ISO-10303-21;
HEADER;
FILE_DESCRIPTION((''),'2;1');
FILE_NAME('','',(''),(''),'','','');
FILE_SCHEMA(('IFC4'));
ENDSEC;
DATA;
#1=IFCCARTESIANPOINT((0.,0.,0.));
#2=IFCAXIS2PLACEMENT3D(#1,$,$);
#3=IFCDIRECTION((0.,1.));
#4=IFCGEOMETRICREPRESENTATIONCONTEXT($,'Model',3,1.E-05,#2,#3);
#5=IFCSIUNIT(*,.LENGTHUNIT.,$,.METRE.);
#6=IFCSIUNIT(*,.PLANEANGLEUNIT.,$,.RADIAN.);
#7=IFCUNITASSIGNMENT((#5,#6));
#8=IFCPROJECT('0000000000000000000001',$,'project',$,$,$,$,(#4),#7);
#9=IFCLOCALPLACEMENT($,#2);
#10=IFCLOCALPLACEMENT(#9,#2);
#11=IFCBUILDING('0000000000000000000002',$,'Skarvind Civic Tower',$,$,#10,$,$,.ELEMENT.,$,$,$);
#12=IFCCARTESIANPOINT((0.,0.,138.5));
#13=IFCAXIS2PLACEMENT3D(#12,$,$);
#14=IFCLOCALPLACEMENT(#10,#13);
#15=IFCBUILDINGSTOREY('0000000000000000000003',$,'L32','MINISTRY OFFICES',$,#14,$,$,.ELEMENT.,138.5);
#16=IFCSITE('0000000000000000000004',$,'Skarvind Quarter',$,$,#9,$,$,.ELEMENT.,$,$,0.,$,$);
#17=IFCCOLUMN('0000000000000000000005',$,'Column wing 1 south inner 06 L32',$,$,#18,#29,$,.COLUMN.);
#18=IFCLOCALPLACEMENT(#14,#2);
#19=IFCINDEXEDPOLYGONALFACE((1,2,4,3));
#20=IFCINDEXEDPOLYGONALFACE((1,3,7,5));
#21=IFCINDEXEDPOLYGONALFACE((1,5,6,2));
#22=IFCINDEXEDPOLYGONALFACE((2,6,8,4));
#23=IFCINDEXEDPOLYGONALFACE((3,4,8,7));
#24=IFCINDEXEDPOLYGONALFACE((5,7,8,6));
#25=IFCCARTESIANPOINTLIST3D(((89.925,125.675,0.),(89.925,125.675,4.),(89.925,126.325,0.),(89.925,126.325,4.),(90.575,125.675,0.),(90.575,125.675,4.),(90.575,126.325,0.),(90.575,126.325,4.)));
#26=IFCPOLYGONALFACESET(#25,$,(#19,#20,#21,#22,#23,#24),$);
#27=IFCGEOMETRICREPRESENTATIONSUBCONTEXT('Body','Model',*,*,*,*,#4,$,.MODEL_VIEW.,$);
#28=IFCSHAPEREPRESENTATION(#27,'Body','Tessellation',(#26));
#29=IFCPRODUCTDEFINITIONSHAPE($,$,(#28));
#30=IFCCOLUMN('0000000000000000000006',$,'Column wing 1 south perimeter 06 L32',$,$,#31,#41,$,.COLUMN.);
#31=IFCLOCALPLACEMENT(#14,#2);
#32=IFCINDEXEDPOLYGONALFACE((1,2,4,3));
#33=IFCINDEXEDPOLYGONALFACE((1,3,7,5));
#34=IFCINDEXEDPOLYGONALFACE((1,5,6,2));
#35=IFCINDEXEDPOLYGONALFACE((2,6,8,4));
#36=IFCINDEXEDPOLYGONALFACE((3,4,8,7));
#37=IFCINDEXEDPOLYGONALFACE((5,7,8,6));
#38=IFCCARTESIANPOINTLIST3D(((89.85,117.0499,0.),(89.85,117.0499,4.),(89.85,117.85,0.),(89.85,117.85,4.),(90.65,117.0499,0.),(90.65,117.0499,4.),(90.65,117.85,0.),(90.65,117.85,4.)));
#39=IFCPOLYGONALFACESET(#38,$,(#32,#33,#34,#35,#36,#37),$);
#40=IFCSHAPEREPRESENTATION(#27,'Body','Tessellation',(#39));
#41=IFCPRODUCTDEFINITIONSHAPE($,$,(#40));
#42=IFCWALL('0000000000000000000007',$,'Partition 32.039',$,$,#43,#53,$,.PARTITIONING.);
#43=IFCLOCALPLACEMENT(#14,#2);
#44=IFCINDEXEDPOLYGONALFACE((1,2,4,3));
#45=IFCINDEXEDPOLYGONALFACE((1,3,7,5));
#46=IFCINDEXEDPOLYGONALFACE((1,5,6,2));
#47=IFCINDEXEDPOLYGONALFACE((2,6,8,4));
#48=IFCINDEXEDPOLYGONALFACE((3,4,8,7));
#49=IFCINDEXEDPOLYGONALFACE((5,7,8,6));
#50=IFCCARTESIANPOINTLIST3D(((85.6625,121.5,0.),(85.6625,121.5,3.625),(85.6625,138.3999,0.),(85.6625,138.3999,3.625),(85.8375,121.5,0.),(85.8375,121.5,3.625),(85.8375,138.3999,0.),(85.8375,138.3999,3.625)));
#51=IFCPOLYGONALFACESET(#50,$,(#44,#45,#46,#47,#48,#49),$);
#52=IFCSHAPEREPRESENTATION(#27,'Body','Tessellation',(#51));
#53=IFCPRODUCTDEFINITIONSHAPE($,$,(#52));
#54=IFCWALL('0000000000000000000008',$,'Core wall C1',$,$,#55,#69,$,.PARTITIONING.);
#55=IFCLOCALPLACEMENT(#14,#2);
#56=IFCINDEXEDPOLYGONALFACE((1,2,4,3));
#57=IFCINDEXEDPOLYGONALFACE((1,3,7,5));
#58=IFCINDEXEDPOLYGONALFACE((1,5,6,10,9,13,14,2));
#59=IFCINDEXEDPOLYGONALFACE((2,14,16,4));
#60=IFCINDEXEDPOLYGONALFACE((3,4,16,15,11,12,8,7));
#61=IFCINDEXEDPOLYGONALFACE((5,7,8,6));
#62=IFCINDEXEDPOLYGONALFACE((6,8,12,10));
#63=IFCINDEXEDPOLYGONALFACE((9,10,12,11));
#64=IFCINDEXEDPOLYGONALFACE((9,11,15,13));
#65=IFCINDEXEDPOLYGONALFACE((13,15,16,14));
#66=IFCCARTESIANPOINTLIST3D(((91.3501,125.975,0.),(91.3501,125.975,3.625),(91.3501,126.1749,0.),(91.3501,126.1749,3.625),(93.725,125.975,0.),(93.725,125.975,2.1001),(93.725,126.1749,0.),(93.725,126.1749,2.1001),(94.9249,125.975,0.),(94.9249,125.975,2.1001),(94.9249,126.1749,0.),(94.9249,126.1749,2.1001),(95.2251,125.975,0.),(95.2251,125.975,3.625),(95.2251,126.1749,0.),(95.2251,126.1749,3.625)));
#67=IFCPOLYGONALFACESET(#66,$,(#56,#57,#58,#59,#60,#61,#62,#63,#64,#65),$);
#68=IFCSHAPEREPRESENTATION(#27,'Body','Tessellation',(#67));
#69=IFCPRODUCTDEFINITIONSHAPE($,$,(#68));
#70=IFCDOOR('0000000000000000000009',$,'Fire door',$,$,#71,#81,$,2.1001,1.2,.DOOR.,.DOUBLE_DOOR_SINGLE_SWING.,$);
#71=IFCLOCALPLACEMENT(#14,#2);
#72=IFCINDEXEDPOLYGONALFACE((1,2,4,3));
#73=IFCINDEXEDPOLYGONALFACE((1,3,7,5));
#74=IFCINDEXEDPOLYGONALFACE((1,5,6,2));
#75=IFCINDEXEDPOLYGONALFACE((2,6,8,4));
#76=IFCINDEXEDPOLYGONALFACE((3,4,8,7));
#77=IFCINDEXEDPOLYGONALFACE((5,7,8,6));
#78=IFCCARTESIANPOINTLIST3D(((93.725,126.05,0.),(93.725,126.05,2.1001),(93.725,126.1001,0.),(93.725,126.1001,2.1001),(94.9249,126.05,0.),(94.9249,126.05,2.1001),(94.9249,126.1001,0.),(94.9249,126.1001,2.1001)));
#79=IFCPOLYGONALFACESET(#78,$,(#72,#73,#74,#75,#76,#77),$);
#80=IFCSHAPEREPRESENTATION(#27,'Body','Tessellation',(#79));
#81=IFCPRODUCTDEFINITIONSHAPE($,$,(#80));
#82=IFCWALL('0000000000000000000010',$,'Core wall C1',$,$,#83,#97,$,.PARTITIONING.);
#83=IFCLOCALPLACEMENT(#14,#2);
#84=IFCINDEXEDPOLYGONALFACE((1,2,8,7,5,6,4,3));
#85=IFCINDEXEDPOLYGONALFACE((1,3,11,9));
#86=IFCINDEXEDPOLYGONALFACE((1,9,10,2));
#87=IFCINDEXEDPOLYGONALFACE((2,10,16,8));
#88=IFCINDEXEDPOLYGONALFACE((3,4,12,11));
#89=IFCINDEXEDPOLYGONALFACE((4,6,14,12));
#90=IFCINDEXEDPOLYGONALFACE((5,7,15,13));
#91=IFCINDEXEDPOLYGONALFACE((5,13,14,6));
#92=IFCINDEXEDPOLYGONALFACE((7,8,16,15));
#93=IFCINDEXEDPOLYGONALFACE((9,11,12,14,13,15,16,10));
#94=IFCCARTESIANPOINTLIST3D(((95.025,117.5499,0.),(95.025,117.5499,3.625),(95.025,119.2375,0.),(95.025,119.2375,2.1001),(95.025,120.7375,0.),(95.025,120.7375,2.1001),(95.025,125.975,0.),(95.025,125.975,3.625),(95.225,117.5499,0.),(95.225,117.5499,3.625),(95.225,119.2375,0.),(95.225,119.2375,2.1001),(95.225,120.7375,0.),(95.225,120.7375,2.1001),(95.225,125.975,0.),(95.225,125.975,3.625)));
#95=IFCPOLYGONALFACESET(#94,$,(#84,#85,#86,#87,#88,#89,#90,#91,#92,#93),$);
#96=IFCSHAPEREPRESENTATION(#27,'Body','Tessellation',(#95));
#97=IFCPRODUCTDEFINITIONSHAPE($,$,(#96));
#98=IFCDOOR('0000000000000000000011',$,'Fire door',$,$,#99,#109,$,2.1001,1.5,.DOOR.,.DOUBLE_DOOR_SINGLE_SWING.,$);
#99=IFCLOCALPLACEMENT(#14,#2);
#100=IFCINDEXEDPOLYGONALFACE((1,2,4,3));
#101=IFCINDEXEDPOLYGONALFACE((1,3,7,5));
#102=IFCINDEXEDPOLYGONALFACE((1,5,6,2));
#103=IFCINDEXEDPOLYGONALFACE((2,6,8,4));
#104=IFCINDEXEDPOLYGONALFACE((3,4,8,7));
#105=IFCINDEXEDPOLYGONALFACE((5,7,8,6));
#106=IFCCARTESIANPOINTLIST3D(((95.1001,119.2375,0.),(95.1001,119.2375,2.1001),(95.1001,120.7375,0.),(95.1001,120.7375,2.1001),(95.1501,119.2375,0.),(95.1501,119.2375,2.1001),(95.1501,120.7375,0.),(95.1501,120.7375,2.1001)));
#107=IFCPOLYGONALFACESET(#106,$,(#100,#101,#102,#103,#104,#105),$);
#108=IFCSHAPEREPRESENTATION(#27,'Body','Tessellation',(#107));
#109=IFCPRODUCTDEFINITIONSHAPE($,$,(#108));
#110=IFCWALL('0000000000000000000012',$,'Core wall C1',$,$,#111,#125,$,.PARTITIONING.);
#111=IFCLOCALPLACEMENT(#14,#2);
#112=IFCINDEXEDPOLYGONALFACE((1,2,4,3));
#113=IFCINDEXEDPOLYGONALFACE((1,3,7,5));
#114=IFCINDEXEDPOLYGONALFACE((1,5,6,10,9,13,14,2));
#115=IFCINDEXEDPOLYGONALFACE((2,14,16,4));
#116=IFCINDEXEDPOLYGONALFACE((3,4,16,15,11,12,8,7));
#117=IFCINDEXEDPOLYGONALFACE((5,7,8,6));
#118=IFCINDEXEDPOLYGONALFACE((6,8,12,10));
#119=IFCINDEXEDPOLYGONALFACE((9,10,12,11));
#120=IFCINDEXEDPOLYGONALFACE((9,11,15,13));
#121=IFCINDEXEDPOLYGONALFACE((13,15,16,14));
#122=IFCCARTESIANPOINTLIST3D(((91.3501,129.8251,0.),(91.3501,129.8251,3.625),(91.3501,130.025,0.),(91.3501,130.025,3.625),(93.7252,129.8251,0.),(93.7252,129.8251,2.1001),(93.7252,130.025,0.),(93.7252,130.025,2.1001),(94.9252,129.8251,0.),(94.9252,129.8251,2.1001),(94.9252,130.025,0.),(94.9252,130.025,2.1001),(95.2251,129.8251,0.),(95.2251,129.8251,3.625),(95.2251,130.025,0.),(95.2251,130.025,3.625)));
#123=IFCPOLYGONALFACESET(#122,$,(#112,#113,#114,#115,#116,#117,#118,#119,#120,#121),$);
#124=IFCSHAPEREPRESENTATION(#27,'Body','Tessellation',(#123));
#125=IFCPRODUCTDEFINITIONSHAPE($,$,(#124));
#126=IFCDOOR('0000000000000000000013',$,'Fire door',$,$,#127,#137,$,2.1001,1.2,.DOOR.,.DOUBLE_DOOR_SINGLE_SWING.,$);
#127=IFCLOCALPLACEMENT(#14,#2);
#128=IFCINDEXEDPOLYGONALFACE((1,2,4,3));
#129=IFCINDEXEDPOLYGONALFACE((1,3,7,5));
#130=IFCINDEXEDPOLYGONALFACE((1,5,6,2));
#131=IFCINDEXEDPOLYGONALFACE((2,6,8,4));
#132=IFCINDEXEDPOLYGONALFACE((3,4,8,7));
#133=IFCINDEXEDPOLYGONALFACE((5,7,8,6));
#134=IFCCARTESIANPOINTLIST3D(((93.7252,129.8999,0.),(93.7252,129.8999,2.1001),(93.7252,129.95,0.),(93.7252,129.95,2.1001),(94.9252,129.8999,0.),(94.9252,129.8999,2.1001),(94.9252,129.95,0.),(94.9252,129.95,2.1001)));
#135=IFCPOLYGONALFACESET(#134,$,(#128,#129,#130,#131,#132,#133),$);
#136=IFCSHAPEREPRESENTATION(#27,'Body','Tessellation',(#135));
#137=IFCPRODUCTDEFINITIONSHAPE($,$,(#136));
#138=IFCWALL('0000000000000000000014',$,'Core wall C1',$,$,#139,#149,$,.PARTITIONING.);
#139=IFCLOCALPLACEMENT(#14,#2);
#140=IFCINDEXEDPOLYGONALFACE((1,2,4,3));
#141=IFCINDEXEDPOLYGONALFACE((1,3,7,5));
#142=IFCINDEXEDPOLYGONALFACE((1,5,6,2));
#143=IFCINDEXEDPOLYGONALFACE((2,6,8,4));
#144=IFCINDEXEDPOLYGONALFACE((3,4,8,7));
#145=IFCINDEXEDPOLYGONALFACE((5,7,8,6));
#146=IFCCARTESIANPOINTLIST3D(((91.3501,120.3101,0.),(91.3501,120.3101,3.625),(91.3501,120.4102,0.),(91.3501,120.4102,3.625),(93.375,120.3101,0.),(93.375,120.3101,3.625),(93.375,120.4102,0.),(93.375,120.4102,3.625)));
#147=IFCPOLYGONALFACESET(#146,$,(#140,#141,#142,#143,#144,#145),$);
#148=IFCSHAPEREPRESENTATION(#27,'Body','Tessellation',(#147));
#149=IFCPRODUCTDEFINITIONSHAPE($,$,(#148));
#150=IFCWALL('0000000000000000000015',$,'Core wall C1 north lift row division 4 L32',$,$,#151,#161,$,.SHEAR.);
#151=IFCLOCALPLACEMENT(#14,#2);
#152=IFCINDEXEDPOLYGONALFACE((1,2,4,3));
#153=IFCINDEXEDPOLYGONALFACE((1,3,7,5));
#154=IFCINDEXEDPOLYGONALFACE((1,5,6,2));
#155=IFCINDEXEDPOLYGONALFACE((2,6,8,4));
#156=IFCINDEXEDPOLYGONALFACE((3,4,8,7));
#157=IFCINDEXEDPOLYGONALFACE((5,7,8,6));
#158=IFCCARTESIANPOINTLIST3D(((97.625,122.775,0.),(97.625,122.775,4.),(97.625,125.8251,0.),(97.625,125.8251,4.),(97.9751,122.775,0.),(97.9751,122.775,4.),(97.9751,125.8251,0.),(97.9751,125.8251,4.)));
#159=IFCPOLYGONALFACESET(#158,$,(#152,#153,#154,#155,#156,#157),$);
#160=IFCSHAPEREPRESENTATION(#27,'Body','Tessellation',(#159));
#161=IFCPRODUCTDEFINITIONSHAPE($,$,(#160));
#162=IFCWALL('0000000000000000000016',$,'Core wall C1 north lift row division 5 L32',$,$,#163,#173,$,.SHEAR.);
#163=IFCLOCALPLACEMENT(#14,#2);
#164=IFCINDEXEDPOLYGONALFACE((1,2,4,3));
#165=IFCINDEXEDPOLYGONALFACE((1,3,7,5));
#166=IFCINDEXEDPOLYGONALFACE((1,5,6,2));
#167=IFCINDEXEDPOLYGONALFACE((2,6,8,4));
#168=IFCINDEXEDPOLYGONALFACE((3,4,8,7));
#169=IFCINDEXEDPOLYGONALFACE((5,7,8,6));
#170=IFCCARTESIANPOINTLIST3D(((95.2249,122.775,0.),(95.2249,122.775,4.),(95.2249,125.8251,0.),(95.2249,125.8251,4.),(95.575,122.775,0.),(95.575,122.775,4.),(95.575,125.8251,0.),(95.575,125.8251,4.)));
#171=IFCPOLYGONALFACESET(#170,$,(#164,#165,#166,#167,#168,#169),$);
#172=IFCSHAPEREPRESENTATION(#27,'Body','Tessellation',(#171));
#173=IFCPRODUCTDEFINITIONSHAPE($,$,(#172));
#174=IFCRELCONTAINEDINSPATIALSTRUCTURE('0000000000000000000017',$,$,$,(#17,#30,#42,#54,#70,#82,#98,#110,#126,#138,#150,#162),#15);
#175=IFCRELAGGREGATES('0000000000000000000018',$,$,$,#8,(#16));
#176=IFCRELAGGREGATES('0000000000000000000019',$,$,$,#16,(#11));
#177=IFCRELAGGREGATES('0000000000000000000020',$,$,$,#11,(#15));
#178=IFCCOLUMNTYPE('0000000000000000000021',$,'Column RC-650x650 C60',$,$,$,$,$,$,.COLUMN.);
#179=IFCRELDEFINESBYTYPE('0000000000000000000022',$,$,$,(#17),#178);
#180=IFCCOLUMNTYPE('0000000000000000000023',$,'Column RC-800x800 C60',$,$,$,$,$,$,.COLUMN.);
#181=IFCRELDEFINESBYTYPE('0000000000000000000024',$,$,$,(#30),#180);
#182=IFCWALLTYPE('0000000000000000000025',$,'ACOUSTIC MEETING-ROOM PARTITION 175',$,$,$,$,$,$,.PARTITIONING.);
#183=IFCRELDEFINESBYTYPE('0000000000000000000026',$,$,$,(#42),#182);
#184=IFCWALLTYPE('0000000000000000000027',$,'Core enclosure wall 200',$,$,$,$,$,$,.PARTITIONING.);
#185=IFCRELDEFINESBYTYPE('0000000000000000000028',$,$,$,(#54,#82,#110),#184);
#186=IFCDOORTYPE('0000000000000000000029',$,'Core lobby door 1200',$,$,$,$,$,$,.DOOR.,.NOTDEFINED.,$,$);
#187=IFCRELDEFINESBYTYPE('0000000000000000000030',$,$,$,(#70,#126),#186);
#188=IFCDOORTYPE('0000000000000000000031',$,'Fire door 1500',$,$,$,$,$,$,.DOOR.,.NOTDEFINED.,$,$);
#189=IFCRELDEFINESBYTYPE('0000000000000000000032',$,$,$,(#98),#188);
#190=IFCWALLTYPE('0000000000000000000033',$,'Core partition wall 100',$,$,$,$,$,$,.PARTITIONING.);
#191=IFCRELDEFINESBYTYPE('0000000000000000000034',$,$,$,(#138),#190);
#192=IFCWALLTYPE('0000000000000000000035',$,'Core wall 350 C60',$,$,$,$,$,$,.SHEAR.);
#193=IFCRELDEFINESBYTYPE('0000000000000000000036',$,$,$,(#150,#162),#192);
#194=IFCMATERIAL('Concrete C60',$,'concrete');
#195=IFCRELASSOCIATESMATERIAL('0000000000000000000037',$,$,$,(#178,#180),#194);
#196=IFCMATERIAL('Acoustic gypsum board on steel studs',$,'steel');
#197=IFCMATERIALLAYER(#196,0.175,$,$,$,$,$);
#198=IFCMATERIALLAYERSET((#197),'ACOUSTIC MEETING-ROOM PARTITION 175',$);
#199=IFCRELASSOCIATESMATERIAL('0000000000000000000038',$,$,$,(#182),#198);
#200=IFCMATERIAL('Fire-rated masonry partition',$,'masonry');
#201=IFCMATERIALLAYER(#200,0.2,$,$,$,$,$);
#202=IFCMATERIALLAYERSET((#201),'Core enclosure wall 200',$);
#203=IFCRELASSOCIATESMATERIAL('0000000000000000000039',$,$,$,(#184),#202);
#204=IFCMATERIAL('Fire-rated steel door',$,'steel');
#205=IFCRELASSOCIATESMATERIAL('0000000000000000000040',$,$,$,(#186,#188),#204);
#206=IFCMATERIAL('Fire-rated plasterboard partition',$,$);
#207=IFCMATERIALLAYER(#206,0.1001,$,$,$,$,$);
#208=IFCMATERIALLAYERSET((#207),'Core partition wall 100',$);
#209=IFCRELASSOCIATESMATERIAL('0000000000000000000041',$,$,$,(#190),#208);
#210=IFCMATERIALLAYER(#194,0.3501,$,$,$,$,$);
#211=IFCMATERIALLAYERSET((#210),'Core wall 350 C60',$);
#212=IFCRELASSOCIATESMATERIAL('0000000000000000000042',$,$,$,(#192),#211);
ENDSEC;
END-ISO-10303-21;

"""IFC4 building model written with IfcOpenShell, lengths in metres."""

from ifc_helpers import new_model, si_unit, direction, frame, frame_2d, origin, origin_2d, place, context, subcontext, project, spatial, rectangle, extrude, material, layer, layer_set, material_profile, profile_set, type_object, element, fill, save


model = new_model("IFC4")

# Units and contexts
model_context = context("Model", 3, precision=1e-05, world=origin(), true_north=direction((0.0, 1.0)))
body_context = subcontext(model_context, "Body", "Model", "MODEL_VIEW")
ifc_project = project(units=[si_unit("LENGTHUNIT", "METRE"), si_unit("PLANEANGLEUNIT", "RADIAN")], contexts=[model_context])

# Site, building, storey
site_placement = place(None, origin())
site = spatial("IfcSite", under=ifc_project, at=site_placement, Name="Skarvind Quarter", CompositionType="ELEMENT", RefElevation=0.0)
building_placement = place(site_placement, origin())
building = spatial("IfcBuilding", under=site, at=building_placement, Name="Skarvind Civic Tower", CompositionType="ELEMENT")
storey_placement = place(building_placement, frame((0.0, 0.0, 138.5)))
storey = spatial("IfcBuildingStorey", under=building, at=storey_placement, Name="L32", Description="MINISTRY OFFICES", CompositionType="ELEMENT", Elevation=138.5)

# Columns
ifc_material_1 = material(Name="Concrete C60", Category="concrete")
ifc_material_profile_1 = material_profile(ifc_material_1, rectangle(XDim=0.6499, YDim=0.6499, at=origin_2d()), Name="RC-650x650")
ifc_profile_set_1 = profile_set([ifc_material_profile_1], Name="Concrete C60")
column_type_1 = type_object("IfcColumnType", Name="Column RC-650x650 C60", PredefinedType="COLUMN", material=ifc_profile_set_1)
column_1_placement = place(storey_placement, frame((90.25, 126.0, 0.0), z_axis=(0.0, 0.0, 1.0), x_axis=(1.0, 0.0, 0.0)))
element("IfcColumn", 1, at=column_1_placement, inside=storey, type_object=column_type_1, Name="Column wing 1 south inner 06 L32", PredefinedType="COLUMN", context=body_context, shape_type="SweptSolid", body=[
    extrude(rectangle(XDim=0.6499, YDim=0.6499, at=origin_2d()), origin(), (0.0, 0.0, 1.0), 4.0),
])
ifc_material_profile_2 = material_profile(ifc_material_1, rectangle(XDim=0.8, YDim=0.8, at=origin_2d()), Name="RC-800x800")
ifc_profile_set_2 = profile_set([ifc_material_profile_2], Name="Concrete C60")
column_type_2 = type_object("IfcColumnType", Name="Column RC-800x800 C60", PredefinedType="COLUMN", material=ifc_profile_set_2)
column_2_placement = place(storey_placement, frame((90.25, 117.45, 0.0), z_axis=(0.0, 0.0, 1.0), x_axis=(1.0, 0.0, 0.0)))
element("IfcColumn", 2, at=column_2_placement, inside=storey, type_object=column_type_2, Name="Column wing 1 south perimeter 06 L32", PredefinedType="COLUMN", context=body_context, shape_type="SweptSolid", body=[
    extrude(rectangle(XDim=0.8, YDim=0.8, at=origin_2d()), origin(), (0.0, 0.0, 1.0), 4.0),
])

# Wall
ifc_material_2 = material(Name="Acoustic gypsum board on steel studs", Category="steel")
ifc_layer_1 = layer(ifc_material_2, 0.175)
ifc_layer_set_1 = layer_set([ifc_layer_1], Name="ACOUSTIC MEETING-ROOM PARTITION 175")
wall_type_1 = type_object("IfcWallType", Name="ACOUSTIC MEETING-ROOM PARTITION 175", PredefinedType="PARTITIONING", material=ifc_layer_set_1)
wall_1_placement = place(storey_placement, frame((85.75, 121.5, 0.0), z_axis=(0.0, 0.0, 1.0), x_axis=(0.0, 1.0, 0.0)))
element("IfcWall", 3, at=wall_1_placement, inside=storey, type_object=wall_type_1, Name="Partition 32.039", PredefinedType="PARTITIONING", context=body_context, shape_type="SweptSolid", body=[
    extrude(rectangle(XDim=16.8999, YDim=0.175, at=frame_2d((8.45, 0.0))), origin(), (0.0, 0.0, 1.0), 3.625),
])

# Walls, openings, doors
ifc_material_3 = material(Name="Fire-rated masonry partition", Category="masonry")
ifc_layer_2 = layer(ifc_material_3, 0.2)
ifc_layer_set_2 = layer_set([ifc_layer_2], Name="Core enclosure wall 200")
wall_type_2 = type_object("IfcWallType", Name="Core enclosure wall 200", PredefinedType="PARTITIONING", material=ifc_layer_set_2)
wall_2_placement = place(storey_placement, frame((95.2251, 126.075, 0.0), z_axis=(0.0, 0.0, 1.0), x_axis=(-1.0, 0.0, 0.0)))
wall_2 = element("IfcWall", 4, at=wall_2_placement, inside=storey, type_object=wall_type_2, Name="Core wall C1", PredefinedType="PARTITIONING", context=body_context, shape_type="SweptSolid", body=[
    extrude(rectangle(XDim=3.875, YDim=0.2, at=frame_2d((1.9375, 0.0))), origin(), (0.0, 0.0, 1.0), 3.625),
])
opening_1_placement = place(wall_2_placement, frame((0.3, 0.0, 0.0)))
opening_1 = element("IfcOpeningElement", 5, at=opening_1_placement, cuts=wall_2, PredefinedType="OPENING", context=body_context, shape_type="SweptSolid", body=[
    extrude(rectangle(XDim=1.2, YDim=2.1001, at=frame_2d((0.6001, 1.05))), frame((0.0, 0.1099, 0.0), z_axis=(0.0, -1.0, 0.0), x_axis=(1.0, 0.0, 0.0)), (0.0, 0.0, 1.0), 0.22),
])
ifc_material_4 = material(Name="Fire-rated steel door", Category="steel")
door_type_1 = type_object("IfcDoorType", Name="Core lobby door 1200", OperationType="NOTDEFINED", PredefinedType="DOOR", material=ifc_material_4)
door_1_placement = place(opening_1_placement, origin())
door_1 = element("IfcDoor", 6, at=door_1_placement, inside=storey, type_object=door_type_1, Name="Fire door", OperationType="DOUBLE_DOOR_SINGLE_SWING", OverallHeight=2.1001, OverallWidth=1.2, PredefinedType="DOOR", context=body_context, shape_type="SweptSolid", body=[
    extrude(rectangle(XDim=1.2, YDim=2.1001, at=frame_2d((0.6001, 1.05))), frame((0.0, 0.0249, 0.0), z_axis=(0.0, -1.0, 0.0), x_axis=(1.0, 0.0, 0.0)), (0.0, 0.0, 1.0), 0.05),
])
fill(opening_1, door_1)
wall_3_placement = place(storey_placement, frame((95.125, 117.55, 0.0), z_axis=(0.0, 0.0, 1.0), x_axis=(0.0, 1.0, 0.0)))
wall_3 = element("IfcWall", 7, at=wall_3_placement, inside=storey, type_object=wall_type_2, Name="Core wall C1", PredefinedType="PARTITIONING", context=body_context, shape_type="SweptSolid", body=[
    extrude(rectangle(XDim=8.425, YDim=0.2, at=frame_2d((4.2124, 0.0))), origin(), (0.0, 0.0, 1.0), 3.625),
])
opening_2_placement = place(wall_3_placement, frame((1.6875, 0.0, 0.0)))
opening_2 = element("IfcOpeningElement", 8, at=opening_2_placement, cuts=wall_3, PredefinedType="OPENING", context=body_context, shape_type="SweptSolid", body=[
    extrude(rectangle(XDim=1.5, YDim=2.1001, at=frame_2d((0.75, 1.05))), frame((0.0, 0.1099, 0.0), z_axis=(0.0, -1.0, 0.0), x_axis=(1.0, 0.0, 0.0)), (0.0, 0.0, 1.0), 0.22),
])
door_type_2 = type_object("IfcDoorType", Name="Fire door 1500", OperationType="NOTDEFINED", PredefinedType="DOOR", material=ifc_material_4)
door_2_placement = place(opening_2_placement, origin())
door_2 = element("IfcDoor", 9, at=door_2_placement, inside=storey, type_object=door_type_2, Name="Fire door", OperationType="DOUBLE_DOOR_SINGLE_SWING", OverallHeight=2.1001, OverallWidth=1.5, PredefinedType="DOOR", context=body_context, shape_type="SweptSolid", body=[
    extrude(rectangle(XDim=1.5, YDim=2.1001, at=frame_2d((0.75, 1.05))), frame((0.0, 0.0249, 0.0), z_axis=(0.0, -1.0, 0.0), x_axis=(1.0, 0.0, 0.0)), (0.0, 0.0, 1.0), 0.05),
])
fill(opening_2, door_2)
wall_4_placement = place(storey_placement, frame((91.3501, 129.925, 0.0), z_axis=(0.0, 0.0, 1.0), x_axis=(1.0, 0.0, 0.0)))
wall_4 = element("IfcWall", 10, at=wall_4_placement, inside=storey, type_object=wall_type_2, Name="Core wall C1", PredefinedType="PARTITIONING", context=body_context, shape_type="SweptSolid", body=[
    extrude(rectangle(XDim=3.875, YDim=0.2, at=frame_2d((1.9375, 0.0))), origin(), (0.0, 0.0, 1.0), 3.625),
])
opening_3_placement = place(wall_4_placement, frame((2.375, 0.0, 0.0)))
opening_3 = element("IfcOpeningElement", 11, at=opening_3_placement, cuts=wall_4, PredefinedType="OPENING", context=body_context, shape_type="SweptSolid", body=[
    extrude(rectangle(XDim=1.2, YDim=2.1001, at=frame_2d((0.6001, 1.05))), frame((0.0, 0.1099, 0.0), z_axis=(0.0, -1.0, 0.0), x_axis=(1.0, 0.0, 0.0)), (0.0, 0.0, 1.0), 0.22),
])
door_3_placement = place(opening_3_placement, origin())
door_3 = element("IfcDoor", 12, at=door_3_placement, inside=storey, type_object=door_type_1, Name="Fire door", OperationType="DOUBLE_DOOR_SINGLE_SWING", OverallHeight=2.1001, OverallWidth=1.2, PredefinedType="DOOR", context=body_context, shape_type="SweptSolid", body=[
    extrude(rectangle(XDim=1.2, YDim=2.1001, at=frame_2d((0.6001, 1.05))), frame((0.0, 0.0249, 0.0), z_axis=(0.0, -1.0, 0.0), x_axis=(1.0, 0.0, 0.0)), (0.0, 0.0, 1.0), 0.05),
])
fill(opening_3, door_3)

# Walls
ifc_material_5 = material(Name="Fire-rated plasterboard partition")
ifc_layer_3 = layer(ifc_material_5, 0.1001)
ifc_layer_set_3 = layer_set([ifc_layer_3], Name="Core partition wall 100")
wall_type_3 = type_object("IfcWallType", Name="Core partition wall 100", PredefinedType="PARTITIONING", material=ifc_layer_set_3)
wall_5_placement = place(storey_placement, frame((93.375, 120.3601, 0.0), z_axis=(0.0, 0.0, 1.0), x_axis=(-1.0, 0.0, 0.0)))
element("IfcWall", 13, at=wall_5_placement, inside=storey, type_object=wall_type_3, Name="Core wall C1", PredefinedType="PARTITIONING", context=body_context, shape_type="SweptSolid", body=[
    extrude(rectangle(XDim=2.0249, YDim=0.1001, at=frame_2d((1.0125, 0.0))), origin(), (0.0, 0.0, 1.0), 3.625),
])
ifc_layer_4 = layer(ifc_material_1, 0.3501)
ifc_layer_set_4 = layer_set([ifc_layer_4], Name="Core wall 350 C60")
wall_type_4 = type_object("IfcWallType", Name="Core wall 350 C60", PredefinedType="SHEAR", material=ifc_layer_set_4)
for number, where, z_axis, x_axis, name in (
    (14, (97.8, 125.825, 0.0), (0.0, 0.0, 1.0), (0.0, -1.0, 0.0), "Core wall C1 north lift row division 4 L32"),
    (15, (95.3999, 125.825, 0.0), (0.0, 0.0, 1.0), (0.0, -1.0, 0.0), "Core wall C1 north lift row division 5 L32"),
):
    element("IfcWall", number, at=place(storey_placement, frame(where, z_axis=z_axis, x_axis=x_axis)), inside=storey, type_object=wall_type_4, Name=name, PredefinedType="SHEAR", context=body_context, shape_type="SweptSolid", body=[
        extrude(rectangle(XDim=3.05, YDim=0.3501, at=frame_2d((1.5249, 0.0))), origin(), (0.0, 0.0, 1.0), 4.0),
    ])

save(model, "model.ifc")
